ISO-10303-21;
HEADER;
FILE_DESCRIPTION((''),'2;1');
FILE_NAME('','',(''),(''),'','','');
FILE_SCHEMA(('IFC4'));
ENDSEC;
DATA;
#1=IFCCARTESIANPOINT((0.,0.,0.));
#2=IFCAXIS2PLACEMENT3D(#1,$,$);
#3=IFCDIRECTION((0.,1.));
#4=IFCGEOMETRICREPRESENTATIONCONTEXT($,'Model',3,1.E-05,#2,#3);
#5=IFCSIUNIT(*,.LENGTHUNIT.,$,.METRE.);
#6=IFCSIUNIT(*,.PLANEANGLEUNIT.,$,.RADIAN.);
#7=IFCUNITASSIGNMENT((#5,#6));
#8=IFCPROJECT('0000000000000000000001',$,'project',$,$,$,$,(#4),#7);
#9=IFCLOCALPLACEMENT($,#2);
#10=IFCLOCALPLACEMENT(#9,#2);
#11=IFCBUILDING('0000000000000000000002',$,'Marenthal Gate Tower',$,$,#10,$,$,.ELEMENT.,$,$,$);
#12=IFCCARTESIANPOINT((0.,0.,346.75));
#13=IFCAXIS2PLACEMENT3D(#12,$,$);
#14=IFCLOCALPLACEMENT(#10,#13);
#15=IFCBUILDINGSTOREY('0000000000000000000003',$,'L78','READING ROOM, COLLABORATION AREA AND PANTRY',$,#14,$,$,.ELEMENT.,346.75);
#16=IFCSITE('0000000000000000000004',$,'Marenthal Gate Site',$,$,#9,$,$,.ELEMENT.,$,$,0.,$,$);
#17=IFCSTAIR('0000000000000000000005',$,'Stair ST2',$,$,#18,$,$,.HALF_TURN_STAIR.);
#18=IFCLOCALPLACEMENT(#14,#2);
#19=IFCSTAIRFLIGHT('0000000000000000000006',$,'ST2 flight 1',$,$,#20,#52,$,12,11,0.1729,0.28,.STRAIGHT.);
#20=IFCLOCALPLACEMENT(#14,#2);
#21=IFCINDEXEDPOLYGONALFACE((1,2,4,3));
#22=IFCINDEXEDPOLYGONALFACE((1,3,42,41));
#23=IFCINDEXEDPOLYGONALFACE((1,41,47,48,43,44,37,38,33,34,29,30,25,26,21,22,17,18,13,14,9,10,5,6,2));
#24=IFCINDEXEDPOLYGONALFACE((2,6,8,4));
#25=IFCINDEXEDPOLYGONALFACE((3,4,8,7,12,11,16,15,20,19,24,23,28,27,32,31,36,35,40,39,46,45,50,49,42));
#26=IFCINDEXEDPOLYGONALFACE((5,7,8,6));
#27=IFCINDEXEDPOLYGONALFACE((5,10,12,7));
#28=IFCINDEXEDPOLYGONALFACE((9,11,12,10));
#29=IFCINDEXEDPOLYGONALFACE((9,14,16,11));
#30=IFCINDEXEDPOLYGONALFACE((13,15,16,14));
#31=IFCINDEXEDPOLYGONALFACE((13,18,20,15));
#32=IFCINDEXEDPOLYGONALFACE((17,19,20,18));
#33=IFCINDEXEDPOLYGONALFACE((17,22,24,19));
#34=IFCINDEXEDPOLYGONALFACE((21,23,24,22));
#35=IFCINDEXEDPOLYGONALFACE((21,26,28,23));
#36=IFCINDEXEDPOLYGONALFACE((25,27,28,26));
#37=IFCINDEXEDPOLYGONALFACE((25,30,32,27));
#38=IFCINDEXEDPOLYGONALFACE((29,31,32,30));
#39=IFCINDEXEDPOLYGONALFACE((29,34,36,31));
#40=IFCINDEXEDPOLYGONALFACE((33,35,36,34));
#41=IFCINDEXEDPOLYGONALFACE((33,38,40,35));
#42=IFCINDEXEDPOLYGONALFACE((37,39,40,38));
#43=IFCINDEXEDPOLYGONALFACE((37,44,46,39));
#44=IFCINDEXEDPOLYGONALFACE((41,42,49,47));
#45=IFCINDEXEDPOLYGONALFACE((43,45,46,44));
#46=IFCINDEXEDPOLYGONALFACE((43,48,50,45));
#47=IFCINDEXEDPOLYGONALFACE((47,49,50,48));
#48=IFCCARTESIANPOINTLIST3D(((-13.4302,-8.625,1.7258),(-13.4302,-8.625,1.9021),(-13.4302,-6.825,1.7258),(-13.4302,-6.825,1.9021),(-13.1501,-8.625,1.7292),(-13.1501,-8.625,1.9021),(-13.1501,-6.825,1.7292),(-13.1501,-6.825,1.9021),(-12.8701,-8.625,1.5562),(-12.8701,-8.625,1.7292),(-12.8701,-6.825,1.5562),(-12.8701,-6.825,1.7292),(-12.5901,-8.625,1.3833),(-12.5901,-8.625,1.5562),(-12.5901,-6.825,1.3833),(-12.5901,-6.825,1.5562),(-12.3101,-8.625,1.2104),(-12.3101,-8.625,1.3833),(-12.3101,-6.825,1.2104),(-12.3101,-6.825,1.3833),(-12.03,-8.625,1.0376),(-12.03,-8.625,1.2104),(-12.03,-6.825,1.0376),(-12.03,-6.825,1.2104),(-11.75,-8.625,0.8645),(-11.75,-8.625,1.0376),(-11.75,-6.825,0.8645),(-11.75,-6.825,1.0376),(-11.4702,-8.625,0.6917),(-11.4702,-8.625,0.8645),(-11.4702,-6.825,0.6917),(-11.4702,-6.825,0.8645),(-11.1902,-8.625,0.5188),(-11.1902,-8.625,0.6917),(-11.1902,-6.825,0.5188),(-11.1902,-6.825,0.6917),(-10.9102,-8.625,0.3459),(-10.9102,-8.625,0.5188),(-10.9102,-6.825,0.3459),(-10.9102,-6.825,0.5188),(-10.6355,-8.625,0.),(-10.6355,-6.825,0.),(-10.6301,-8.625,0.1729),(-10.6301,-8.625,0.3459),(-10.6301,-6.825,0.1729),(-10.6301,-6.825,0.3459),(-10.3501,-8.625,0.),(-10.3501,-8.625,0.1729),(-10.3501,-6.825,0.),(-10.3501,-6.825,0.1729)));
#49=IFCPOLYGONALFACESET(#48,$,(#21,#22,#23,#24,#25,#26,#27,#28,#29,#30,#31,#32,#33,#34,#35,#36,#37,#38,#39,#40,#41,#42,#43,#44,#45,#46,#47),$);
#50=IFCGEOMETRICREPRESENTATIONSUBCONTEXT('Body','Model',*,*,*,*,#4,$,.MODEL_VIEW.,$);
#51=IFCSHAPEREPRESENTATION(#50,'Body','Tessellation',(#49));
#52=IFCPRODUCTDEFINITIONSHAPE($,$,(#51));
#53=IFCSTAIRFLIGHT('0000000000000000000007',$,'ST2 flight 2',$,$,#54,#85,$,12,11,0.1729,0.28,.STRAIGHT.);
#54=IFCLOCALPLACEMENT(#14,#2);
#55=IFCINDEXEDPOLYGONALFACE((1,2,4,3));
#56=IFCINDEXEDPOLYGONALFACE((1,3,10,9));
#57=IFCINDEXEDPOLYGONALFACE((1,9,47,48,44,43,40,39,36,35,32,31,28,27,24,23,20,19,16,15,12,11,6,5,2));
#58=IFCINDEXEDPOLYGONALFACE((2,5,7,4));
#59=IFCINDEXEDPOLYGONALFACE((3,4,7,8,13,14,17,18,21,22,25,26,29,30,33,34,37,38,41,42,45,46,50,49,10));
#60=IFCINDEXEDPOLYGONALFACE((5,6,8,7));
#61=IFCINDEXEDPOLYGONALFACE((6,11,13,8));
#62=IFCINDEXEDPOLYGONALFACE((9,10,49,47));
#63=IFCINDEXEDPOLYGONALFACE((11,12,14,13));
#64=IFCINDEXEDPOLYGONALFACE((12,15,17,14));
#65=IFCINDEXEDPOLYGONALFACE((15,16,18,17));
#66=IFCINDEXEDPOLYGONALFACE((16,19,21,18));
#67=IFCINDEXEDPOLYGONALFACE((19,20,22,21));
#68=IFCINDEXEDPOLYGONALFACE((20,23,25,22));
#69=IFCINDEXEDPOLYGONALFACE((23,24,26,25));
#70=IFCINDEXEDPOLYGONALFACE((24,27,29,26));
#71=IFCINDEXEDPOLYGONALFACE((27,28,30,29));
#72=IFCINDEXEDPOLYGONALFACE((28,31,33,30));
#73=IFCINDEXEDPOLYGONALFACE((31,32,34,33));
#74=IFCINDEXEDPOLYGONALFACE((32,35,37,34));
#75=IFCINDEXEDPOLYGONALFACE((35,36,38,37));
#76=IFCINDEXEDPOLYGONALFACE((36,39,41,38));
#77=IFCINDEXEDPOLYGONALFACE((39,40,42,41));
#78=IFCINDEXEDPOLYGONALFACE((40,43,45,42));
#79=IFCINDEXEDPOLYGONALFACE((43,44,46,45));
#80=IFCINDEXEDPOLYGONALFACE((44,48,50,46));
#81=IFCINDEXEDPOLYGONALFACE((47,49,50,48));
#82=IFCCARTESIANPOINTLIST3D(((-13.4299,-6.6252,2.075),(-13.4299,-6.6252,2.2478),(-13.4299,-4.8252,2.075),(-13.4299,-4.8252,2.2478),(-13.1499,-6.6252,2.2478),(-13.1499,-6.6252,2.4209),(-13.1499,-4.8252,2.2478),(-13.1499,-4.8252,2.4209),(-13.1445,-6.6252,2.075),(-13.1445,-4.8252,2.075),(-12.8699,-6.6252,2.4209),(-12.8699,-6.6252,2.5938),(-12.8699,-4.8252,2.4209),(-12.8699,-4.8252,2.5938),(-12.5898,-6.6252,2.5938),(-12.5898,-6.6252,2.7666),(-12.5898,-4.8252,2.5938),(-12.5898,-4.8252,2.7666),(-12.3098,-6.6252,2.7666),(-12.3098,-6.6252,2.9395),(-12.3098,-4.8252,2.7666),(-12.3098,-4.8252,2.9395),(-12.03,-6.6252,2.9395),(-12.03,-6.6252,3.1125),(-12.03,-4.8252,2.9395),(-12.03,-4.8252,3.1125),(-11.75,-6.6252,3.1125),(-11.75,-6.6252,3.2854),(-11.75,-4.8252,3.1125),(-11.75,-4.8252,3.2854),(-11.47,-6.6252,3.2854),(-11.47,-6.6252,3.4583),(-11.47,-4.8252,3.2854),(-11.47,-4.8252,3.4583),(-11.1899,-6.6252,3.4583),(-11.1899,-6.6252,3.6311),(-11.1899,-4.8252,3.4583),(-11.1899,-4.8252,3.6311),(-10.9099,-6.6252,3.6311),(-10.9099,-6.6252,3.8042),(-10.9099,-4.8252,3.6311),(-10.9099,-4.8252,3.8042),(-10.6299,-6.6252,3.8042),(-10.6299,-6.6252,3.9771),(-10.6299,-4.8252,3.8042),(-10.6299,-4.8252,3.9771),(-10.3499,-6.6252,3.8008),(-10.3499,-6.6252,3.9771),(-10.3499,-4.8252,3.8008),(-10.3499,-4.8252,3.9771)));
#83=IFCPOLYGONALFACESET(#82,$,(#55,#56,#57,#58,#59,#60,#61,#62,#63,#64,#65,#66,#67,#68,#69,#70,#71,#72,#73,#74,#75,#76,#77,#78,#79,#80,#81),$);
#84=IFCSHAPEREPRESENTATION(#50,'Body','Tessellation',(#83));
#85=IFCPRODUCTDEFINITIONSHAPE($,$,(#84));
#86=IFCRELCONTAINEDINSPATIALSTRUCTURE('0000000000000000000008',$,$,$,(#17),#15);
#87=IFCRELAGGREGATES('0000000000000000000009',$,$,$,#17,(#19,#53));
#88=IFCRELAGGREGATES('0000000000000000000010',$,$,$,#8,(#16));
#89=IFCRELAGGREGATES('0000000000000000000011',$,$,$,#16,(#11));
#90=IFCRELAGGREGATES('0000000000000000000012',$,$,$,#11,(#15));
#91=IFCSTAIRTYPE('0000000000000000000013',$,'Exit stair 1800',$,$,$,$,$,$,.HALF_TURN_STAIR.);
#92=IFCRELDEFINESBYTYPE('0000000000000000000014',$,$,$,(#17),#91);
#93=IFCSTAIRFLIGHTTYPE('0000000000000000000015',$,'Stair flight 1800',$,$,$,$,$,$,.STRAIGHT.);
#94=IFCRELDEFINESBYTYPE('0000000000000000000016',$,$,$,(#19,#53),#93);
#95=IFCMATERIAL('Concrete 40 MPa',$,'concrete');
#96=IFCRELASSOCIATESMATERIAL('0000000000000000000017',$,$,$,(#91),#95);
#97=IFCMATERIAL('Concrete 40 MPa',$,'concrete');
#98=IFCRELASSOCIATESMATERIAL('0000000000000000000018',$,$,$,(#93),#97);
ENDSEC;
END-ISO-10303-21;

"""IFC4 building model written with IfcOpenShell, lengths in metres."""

from ifc_helpers import new_model, si_unit, direction, frame, origin, place, context, subcontext, project, spatial, polyline, outline, extrude, material, type_object, element, aggregate, save


model = new_model("IFC4")

# Units and contexts
model_context = context("Model", 3, precision=1e-05, world=origin(), true_north=direction((0.0, 1.0)))
body_context = subcontext(model_context, "Body", "Model", "MODEL_VIEW")
ifc_project = project(units=[si_unit("LENGTHUNIT", "METRE"), si_unit("PLANEANGLEUNIT", "RADIAN")], contexts=[model_context])

# Site, building, storey
site_placement = place(None, origin())
site = spatial("IfcSite", under=ifc_project, at=site_placement, Name="Marenthal Gate Site", CompositionType="ELEMENT", RefElevation=0.0)
building_placement = place(site_placement, origin())
building = spatial("IfcBuilding", under=site, at=building_placement, Name="Marenthal Gate Tower", CompositionType="ELEMENT")
storey_placement = place(building_placement, frame((0.0, 0.0, 346.75)))
storey = spatial("IfcBuildingStorey", under=building, at=storey_placement, Name="L78", Description="READING ROOM, COLLABORATION AREA AND PANTRY", CompositionType="ELEMENT", Elevation=346.75)

# Stair, stair flights
ifc_material_1 = material(Name="Concrete 40 MPa", Category="concrete")
stair_type = type_object("IfcStairType", Name="Exit stair 1800", PredefinedType="HALF_TURN_STAIR", material=ifc_material_1)
stair_placement = place(storey_placement, origin())
stair = element("IfcStair", 1, at=stair_placement, inside=storey, type_object=stair_type, Name="Stair ST2", PredefinedType="HALF_TURN_STAIR")
ifc_material_2 = material(Name="Concrete 40 MPa", Category="concrete")
stair_flight_type = type_object("IfcStairFlightType", Name="Stair flight 1800", PredefinedType="STRAIGHT", material=ifc_material_2)
stair_flight_1_placement = place(storey_placement, frame((-10.3501, -7.7251, 0.0), z_axis=(0.0, 0.0, 1.0), x_axis=(-1.0, 0.0, 0.0)))
stair_flight_1 = element("IfcStairFlight", 2, at=stair_flight_1_placement, type_object=stair_flight_type, Name="ST2 flight 1", NumberOfRisers=12, NumberOfTreads=11, PredefinedType="STRAIGHT", RiserHeight=0.1729, TreadLength=0.28, context=body_context, shape_type="SweptSolid", body=[
    extrude(outline(polyline([(0.0, 0.0), (0.0, 0.1729), (0.28, 0.1729), (0.28, 0.3459), (0.5601, 0.3459), (0.5601, 0.5188), (0.8401, 0.5188), (0.8401, 0.6917), (1.1201, 0.6917), (1.1201, 0.8645), (1.3999, 0.8645), (1.3999, 1.0376), (1.6799, 1.0376), (1.6799, 1.2104), (1.96, 1.2104), (1.96, 1.3833), (2.24, 1.3833), (2.24, 1.5562), (2.52, 1.5562), (2.52, 1.7292), (2.8, 1.7292), (2.8, 1.9021), (3.0801, 1.9021), (3.0801, 2.075), (3.0801, 1.7258), (0.2854, 0.0), (0.0, 0.0)])), frame((0.0, 0.8999, 0.0), z_axis=(0.0, -1.0, 0.0), x_axis=(1.0, 0.0, 0.0)), (0.0, 0.0, 1.0), 1.8),
])
stair_flight_2_placement = place(storey_placement, frame((-13.4299, -5.7251, 2.075), z_axis=(0.0, 0.0, 1.0), x_axis=(1.0, 0.0, 0.0)))
stair_flight_2 = element("IfcStairFlight", 3, at=stair_flight_2_placement, type_object=stair_flight_type, Name="ST2 flight 2", NumberOfRisers=12, NumberOfTreads=11, PredefinedType="STRAIGHT", RiserHeight=0.1729, TreadLength=0.28, context=body_context, shape_type="SweptSolid", body=[
    extrude(outline(polyline([(0.0, 0.0), (0.0, 0.1729), (0.28, 0.1729), (0.28, 0.3459), (0.5601, 0.3459), (0.5601, 0.5188), (0.8401, 0.5188), (0.8401, 0.6917), (1.1201, 0.6917), (1.1201, 0.8645), (1.3999, 0.8645), (1.3999, 1.0376), (1.6799, 1.0376), (1.6799, 1.2104), (1.96, 1.2104), (1.96, 1.3833), (2.24, 1.3833), (2.24, 1.5562), (2.52, 1.5562), (2.52, 1.7292), (2.8, 1.7292), (2.8, 1.9021), (3.0801, 1.9021), (3.0801, 2.075), (3.0801, 1.7258), (0.2854, 0.0), (0.0, 0.0)])), frame((0.0, 0.8999, 0.0), z_axis=(0.0, -1.0, 0.0), x_axis=(1.0, 0.0, 0.0)), (0.0, 0.0, 1.0), 1.8),
])
aggregate(stair, [stair_flight_1, stair_flight_2])

save(model, "model.ifc")
